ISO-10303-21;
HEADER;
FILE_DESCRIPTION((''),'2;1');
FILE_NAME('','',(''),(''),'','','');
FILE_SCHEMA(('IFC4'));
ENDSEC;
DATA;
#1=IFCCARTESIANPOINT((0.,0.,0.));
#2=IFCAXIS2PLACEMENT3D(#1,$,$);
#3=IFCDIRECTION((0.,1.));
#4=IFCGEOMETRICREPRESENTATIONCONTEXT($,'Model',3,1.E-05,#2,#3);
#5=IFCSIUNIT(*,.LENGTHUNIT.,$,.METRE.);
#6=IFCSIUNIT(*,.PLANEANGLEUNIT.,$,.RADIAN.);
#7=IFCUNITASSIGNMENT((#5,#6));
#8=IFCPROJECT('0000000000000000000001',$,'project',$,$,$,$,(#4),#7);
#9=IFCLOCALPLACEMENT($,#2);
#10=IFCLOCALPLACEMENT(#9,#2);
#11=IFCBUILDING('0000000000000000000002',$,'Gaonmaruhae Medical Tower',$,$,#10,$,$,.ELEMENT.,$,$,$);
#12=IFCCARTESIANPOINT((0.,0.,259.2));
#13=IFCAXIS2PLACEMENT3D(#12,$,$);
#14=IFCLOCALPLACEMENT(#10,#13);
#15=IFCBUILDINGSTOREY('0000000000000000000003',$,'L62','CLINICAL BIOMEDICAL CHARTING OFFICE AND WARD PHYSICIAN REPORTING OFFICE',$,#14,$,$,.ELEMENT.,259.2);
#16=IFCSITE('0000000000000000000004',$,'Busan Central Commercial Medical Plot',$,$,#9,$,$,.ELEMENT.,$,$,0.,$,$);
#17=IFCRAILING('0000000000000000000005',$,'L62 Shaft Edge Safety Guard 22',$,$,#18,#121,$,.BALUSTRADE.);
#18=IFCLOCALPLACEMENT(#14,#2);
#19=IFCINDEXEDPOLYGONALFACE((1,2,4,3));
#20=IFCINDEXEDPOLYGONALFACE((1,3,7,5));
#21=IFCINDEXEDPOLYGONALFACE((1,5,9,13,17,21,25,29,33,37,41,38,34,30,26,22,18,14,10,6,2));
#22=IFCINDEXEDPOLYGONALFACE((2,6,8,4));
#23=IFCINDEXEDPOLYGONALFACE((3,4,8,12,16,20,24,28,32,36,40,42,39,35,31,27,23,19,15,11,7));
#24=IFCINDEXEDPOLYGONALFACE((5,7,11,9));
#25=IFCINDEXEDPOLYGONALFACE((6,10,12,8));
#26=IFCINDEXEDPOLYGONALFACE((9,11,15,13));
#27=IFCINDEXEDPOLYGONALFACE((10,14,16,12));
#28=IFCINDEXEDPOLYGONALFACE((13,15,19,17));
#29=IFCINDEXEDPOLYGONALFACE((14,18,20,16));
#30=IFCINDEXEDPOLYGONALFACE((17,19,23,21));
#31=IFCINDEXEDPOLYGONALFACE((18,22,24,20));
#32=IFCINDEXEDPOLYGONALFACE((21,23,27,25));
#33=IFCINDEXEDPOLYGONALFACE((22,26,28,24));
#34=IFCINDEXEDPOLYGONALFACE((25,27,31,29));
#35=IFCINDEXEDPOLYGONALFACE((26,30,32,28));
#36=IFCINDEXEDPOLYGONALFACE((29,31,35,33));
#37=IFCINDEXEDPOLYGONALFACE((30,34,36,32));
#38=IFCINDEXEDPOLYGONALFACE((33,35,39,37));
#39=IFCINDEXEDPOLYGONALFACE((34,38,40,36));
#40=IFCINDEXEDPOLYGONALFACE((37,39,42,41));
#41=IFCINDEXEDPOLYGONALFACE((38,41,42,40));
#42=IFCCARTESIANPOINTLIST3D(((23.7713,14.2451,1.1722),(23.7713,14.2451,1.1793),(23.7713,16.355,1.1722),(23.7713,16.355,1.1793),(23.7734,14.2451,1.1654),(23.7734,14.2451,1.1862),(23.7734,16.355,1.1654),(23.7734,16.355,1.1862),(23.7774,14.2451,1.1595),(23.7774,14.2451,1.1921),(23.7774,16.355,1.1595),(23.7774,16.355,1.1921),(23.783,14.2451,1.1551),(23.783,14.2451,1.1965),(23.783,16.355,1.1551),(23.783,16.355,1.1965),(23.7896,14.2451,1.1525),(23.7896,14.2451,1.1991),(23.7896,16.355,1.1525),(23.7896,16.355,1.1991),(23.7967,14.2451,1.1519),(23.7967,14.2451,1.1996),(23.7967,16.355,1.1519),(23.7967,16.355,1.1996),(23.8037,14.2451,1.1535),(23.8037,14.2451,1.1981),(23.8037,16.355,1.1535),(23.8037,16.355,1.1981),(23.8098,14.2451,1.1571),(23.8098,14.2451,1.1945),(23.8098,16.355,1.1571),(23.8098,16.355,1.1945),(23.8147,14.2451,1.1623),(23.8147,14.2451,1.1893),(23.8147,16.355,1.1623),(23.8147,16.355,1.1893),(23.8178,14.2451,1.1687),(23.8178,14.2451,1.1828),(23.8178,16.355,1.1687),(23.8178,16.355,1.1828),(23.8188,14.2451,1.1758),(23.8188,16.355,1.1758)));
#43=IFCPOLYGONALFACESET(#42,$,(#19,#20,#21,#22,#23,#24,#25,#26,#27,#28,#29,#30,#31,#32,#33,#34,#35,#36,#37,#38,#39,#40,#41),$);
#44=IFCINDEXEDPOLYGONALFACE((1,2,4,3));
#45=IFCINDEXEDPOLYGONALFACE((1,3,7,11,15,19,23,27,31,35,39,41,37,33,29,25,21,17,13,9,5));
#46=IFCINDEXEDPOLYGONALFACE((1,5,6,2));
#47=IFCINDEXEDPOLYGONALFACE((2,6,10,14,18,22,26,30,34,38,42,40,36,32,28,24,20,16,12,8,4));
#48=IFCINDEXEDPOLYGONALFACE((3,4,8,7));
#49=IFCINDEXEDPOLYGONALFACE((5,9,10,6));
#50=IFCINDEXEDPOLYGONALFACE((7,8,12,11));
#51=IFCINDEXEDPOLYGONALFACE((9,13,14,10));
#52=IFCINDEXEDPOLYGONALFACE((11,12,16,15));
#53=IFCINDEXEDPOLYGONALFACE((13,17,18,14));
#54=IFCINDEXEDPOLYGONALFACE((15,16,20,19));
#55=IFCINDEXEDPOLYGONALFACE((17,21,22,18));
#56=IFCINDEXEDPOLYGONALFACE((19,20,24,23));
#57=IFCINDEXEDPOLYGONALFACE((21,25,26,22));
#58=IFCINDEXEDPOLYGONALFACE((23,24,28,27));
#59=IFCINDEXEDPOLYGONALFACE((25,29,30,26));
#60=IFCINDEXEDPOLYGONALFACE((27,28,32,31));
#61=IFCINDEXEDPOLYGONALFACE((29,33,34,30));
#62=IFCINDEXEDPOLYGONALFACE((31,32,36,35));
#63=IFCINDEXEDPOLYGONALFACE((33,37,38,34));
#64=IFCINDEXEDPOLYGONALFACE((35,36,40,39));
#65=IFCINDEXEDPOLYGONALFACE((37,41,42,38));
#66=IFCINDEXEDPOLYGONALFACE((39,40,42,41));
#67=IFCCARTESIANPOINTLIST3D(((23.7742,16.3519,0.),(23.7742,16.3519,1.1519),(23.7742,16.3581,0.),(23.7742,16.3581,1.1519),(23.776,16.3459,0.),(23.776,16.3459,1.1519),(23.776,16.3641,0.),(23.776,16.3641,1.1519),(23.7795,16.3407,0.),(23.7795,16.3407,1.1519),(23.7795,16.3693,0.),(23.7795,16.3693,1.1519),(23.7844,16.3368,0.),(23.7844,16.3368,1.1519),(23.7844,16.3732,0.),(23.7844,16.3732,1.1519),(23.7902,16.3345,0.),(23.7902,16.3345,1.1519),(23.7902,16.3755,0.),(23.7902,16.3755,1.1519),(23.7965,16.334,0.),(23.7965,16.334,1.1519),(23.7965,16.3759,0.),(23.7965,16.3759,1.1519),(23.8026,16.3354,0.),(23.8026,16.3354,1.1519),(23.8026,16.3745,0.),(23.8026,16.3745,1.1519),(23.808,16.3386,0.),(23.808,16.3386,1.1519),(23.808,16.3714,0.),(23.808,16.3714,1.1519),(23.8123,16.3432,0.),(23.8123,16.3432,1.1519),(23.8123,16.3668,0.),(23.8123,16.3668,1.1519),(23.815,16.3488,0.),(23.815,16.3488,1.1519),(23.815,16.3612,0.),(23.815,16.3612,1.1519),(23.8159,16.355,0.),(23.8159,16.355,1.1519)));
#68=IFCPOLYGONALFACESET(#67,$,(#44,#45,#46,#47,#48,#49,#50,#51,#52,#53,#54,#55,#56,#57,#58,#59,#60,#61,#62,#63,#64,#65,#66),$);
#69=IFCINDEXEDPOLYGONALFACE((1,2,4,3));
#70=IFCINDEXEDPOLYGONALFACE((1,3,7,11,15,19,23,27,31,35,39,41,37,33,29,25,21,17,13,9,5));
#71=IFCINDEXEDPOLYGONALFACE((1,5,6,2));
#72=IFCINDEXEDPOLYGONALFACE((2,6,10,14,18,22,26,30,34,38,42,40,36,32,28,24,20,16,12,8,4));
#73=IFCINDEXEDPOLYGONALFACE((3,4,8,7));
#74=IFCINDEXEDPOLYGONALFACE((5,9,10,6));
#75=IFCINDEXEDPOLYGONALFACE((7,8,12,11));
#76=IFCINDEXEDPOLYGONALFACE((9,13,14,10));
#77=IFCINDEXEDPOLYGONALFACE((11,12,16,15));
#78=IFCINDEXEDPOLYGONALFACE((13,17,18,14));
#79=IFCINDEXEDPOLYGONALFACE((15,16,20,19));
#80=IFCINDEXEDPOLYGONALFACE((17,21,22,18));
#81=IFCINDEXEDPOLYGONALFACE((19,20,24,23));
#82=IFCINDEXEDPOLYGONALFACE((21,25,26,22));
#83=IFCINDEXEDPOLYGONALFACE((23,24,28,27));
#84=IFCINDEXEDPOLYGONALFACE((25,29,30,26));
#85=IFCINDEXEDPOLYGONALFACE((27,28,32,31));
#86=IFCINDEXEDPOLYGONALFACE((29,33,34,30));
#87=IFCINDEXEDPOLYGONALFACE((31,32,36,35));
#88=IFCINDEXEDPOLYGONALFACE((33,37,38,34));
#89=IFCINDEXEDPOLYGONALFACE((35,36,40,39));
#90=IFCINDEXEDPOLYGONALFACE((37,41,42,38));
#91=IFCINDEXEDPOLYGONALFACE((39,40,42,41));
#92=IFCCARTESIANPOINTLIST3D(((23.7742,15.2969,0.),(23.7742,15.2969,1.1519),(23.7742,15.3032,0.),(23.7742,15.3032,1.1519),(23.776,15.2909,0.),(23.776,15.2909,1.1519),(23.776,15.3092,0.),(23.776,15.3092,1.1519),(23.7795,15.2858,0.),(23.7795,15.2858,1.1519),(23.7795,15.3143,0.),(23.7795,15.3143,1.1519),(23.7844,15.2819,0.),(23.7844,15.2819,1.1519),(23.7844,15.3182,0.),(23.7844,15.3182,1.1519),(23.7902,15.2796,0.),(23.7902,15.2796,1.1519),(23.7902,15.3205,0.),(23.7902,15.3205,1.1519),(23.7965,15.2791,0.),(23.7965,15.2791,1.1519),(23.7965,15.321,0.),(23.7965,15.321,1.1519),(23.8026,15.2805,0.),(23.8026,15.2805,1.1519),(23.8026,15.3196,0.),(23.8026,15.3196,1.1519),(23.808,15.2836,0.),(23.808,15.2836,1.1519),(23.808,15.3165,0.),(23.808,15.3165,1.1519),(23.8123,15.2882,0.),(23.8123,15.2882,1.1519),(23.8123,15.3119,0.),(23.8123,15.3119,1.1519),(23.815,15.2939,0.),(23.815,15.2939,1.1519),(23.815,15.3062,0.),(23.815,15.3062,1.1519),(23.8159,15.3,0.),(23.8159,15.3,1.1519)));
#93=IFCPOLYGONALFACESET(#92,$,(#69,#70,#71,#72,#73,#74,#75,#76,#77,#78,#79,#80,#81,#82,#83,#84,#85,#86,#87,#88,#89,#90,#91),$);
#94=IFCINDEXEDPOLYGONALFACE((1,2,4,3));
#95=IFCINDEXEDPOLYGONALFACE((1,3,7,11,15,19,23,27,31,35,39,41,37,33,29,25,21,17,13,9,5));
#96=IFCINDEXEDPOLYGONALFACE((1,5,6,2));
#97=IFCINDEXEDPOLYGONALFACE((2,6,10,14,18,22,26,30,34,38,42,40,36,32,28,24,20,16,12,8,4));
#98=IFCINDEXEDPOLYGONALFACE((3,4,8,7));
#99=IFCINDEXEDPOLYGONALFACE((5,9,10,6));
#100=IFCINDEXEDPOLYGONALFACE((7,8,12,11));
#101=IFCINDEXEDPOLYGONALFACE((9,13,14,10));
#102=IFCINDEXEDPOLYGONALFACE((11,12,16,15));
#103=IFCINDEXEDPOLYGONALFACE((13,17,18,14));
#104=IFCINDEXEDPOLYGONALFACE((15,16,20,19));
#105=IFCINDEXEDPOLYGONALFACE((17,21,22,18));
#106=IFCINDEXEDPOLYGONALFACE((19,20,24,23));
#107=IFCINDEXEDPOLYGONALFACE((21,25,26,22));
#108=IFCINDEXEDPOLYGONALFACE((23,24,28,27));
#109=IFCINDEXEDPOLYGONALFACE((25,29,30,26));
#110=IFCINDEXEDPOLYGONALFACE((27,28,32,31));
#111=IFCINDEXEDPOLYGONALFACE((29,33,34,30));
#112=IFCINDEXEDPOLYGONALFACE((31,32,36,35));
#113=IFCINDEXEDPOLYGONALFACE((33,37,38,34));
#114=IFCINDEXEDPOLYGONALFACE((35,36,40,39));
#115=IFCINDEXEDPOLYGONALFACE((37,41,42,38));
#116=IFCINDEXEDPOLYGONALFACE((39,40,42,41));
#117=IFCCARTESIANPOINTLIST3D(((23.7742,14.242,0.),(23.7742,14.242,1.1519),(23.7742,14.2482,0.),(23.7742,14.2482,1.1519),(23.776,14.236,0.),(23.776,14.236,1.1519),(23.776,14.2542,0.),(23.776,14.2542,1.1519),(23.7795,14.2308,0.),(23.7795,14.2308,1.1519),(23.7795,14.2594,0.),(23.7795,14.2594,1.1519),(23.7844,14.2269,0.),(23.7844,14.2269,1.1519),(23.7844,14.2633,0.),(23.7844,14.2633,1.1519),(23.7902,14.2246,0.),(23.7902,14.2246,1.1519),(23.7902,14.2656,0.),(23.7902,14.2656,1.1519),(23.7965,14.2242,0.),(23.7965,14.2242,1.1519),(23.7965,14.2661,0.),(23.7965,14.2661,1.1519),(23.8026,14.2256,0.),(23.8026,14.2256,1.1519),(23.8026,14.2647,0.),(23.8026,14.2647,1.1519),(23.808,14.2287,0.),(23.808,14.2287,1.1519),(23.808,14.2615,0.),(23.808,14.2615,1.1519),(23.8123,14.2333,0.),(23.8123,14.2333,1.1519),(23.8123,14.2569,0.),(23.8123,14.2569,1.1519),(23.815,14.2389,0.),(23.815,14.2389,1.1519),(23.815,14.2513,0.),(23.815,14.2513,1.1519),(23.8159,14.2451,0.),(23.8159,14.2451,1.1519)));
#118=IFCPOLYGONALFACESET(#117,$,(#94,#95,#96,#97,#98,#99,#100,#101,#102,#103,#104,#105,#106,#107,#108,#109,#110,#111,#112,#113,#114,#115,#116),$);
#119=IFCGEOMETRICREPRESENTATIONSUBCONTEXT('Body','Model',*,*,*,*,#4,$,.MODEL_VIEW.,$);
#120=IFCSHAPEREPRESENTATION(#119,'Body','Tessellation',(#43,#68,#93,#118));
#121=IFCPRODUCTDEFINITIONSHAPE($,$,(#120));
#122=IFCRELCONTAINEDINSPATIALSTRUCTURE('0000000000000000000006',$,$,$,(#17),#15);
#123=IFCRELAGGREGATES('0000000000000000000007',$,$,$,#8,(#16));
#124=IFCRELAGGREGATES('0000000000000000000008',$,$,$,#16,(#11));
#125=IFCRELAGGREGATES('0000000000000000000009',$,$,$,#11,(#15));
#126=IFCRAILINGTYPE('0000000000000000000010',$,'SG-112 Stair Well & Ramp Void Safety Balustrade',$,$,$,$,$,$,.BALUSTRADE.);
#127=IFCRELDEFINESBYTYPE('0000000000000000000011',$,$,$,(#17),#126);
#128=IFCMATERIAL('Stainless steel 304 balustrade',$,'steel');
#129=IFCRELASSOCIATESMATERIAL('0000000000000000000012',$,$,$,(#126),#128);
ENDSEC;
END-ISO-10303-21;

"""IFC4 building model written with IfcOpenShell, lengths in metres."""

from ifc_helpers import new_model, si_unit, direction, frame, origin, origin_2d, place, context, subcontext, project, spatial, circle, extrude, material, type_object, element, save


model = new_model("IFC4")

# Units and contexts
model_context = context("Model", 3, precision=1e-05, world=origin(), true_north=direction((0.0, 1.0)))
body_context = subcontext(model_context, "Body", "Model", "MODEL_VIEW")
ifc_project = project(units=[si_unit("LENGTHUNIT", "METRE"), si_unit("PLANEANGLEUNIT", "RADIAN")], contexts=[model_context])

# Site, building, storey
site_placement = place(None, origin())
site = spatial("IfcSite", under=ifc_project, at=site_placement, Name="Busan Central Commercial Medical Plot", CompositionType="ELEMENT", RefElevation=0.0)
building_placement = place(site_placement, origin())
building = spatial("IfcBuilding", under=site, at=building_placement, Name="Gaonmaruhae Medical Tower", CompositionType="ELEMENT")
storey_placement = place(building_placement, frame((0.0, 0.0, 259.2)))
storey = spatial("IfcBuildingStorey", under=building, at=storey_placement, Name="L62", Description="CLINICAL BIOMEDICAL CHARTING OFFICE AND WARD PHYSICIAN REPORTING OFFICE", CompositionType="ELEMENT", Elevation=259.2)

# Railing
ifc_material_1 = material(Name="Stainless steel 304 balustrade", Category="steel")
railing_type = type_object("IfcRailingType", Name="SG-112 Stair Well & Ramp Void Safety Balustrade", PredefinedType="BALUSTRADE", material=ifc_material_1)
railing_1_placement = place(storey_placement, frame((23.7949, 16.355, 0.0)))
element("IfcRailing", 1, at=railing_1_placement, inside=storey, type_object=railing_type, Name="L62 Shaft Edge Safety Guard 22", PredefinedType="BALUSTRADE", context=body_context, shape_type="SweptSolid", body=[
    extrude(circle(Radius=0.0239, at=origin_2d()), frame((0.0, 0.0, 1.1758), z_axis=(0.0, -1.0, 0.0), x_axis=(1.0, 0.0, 0.0)), (0.0, 0.0, 1.0), 2.1099),
    extrude(circle(Radius=0.021, at=origin_2d()), origin(), (0.0, 0.0, 1.0), 1.1519),
    extrude(circle(Radius=0.021, at=origin_2d()), frame((0.0, -1.0549, 0.0)), (0.0, 0.0, 1.0), 1.1519),
    extrude(circle(Radius=0.021, at=origin_2d()), frame((0.0, -2.1099, 0.0)), (0.0, 0.0, 1.0), 1.1519),
])

save(model, "model.ifc")
